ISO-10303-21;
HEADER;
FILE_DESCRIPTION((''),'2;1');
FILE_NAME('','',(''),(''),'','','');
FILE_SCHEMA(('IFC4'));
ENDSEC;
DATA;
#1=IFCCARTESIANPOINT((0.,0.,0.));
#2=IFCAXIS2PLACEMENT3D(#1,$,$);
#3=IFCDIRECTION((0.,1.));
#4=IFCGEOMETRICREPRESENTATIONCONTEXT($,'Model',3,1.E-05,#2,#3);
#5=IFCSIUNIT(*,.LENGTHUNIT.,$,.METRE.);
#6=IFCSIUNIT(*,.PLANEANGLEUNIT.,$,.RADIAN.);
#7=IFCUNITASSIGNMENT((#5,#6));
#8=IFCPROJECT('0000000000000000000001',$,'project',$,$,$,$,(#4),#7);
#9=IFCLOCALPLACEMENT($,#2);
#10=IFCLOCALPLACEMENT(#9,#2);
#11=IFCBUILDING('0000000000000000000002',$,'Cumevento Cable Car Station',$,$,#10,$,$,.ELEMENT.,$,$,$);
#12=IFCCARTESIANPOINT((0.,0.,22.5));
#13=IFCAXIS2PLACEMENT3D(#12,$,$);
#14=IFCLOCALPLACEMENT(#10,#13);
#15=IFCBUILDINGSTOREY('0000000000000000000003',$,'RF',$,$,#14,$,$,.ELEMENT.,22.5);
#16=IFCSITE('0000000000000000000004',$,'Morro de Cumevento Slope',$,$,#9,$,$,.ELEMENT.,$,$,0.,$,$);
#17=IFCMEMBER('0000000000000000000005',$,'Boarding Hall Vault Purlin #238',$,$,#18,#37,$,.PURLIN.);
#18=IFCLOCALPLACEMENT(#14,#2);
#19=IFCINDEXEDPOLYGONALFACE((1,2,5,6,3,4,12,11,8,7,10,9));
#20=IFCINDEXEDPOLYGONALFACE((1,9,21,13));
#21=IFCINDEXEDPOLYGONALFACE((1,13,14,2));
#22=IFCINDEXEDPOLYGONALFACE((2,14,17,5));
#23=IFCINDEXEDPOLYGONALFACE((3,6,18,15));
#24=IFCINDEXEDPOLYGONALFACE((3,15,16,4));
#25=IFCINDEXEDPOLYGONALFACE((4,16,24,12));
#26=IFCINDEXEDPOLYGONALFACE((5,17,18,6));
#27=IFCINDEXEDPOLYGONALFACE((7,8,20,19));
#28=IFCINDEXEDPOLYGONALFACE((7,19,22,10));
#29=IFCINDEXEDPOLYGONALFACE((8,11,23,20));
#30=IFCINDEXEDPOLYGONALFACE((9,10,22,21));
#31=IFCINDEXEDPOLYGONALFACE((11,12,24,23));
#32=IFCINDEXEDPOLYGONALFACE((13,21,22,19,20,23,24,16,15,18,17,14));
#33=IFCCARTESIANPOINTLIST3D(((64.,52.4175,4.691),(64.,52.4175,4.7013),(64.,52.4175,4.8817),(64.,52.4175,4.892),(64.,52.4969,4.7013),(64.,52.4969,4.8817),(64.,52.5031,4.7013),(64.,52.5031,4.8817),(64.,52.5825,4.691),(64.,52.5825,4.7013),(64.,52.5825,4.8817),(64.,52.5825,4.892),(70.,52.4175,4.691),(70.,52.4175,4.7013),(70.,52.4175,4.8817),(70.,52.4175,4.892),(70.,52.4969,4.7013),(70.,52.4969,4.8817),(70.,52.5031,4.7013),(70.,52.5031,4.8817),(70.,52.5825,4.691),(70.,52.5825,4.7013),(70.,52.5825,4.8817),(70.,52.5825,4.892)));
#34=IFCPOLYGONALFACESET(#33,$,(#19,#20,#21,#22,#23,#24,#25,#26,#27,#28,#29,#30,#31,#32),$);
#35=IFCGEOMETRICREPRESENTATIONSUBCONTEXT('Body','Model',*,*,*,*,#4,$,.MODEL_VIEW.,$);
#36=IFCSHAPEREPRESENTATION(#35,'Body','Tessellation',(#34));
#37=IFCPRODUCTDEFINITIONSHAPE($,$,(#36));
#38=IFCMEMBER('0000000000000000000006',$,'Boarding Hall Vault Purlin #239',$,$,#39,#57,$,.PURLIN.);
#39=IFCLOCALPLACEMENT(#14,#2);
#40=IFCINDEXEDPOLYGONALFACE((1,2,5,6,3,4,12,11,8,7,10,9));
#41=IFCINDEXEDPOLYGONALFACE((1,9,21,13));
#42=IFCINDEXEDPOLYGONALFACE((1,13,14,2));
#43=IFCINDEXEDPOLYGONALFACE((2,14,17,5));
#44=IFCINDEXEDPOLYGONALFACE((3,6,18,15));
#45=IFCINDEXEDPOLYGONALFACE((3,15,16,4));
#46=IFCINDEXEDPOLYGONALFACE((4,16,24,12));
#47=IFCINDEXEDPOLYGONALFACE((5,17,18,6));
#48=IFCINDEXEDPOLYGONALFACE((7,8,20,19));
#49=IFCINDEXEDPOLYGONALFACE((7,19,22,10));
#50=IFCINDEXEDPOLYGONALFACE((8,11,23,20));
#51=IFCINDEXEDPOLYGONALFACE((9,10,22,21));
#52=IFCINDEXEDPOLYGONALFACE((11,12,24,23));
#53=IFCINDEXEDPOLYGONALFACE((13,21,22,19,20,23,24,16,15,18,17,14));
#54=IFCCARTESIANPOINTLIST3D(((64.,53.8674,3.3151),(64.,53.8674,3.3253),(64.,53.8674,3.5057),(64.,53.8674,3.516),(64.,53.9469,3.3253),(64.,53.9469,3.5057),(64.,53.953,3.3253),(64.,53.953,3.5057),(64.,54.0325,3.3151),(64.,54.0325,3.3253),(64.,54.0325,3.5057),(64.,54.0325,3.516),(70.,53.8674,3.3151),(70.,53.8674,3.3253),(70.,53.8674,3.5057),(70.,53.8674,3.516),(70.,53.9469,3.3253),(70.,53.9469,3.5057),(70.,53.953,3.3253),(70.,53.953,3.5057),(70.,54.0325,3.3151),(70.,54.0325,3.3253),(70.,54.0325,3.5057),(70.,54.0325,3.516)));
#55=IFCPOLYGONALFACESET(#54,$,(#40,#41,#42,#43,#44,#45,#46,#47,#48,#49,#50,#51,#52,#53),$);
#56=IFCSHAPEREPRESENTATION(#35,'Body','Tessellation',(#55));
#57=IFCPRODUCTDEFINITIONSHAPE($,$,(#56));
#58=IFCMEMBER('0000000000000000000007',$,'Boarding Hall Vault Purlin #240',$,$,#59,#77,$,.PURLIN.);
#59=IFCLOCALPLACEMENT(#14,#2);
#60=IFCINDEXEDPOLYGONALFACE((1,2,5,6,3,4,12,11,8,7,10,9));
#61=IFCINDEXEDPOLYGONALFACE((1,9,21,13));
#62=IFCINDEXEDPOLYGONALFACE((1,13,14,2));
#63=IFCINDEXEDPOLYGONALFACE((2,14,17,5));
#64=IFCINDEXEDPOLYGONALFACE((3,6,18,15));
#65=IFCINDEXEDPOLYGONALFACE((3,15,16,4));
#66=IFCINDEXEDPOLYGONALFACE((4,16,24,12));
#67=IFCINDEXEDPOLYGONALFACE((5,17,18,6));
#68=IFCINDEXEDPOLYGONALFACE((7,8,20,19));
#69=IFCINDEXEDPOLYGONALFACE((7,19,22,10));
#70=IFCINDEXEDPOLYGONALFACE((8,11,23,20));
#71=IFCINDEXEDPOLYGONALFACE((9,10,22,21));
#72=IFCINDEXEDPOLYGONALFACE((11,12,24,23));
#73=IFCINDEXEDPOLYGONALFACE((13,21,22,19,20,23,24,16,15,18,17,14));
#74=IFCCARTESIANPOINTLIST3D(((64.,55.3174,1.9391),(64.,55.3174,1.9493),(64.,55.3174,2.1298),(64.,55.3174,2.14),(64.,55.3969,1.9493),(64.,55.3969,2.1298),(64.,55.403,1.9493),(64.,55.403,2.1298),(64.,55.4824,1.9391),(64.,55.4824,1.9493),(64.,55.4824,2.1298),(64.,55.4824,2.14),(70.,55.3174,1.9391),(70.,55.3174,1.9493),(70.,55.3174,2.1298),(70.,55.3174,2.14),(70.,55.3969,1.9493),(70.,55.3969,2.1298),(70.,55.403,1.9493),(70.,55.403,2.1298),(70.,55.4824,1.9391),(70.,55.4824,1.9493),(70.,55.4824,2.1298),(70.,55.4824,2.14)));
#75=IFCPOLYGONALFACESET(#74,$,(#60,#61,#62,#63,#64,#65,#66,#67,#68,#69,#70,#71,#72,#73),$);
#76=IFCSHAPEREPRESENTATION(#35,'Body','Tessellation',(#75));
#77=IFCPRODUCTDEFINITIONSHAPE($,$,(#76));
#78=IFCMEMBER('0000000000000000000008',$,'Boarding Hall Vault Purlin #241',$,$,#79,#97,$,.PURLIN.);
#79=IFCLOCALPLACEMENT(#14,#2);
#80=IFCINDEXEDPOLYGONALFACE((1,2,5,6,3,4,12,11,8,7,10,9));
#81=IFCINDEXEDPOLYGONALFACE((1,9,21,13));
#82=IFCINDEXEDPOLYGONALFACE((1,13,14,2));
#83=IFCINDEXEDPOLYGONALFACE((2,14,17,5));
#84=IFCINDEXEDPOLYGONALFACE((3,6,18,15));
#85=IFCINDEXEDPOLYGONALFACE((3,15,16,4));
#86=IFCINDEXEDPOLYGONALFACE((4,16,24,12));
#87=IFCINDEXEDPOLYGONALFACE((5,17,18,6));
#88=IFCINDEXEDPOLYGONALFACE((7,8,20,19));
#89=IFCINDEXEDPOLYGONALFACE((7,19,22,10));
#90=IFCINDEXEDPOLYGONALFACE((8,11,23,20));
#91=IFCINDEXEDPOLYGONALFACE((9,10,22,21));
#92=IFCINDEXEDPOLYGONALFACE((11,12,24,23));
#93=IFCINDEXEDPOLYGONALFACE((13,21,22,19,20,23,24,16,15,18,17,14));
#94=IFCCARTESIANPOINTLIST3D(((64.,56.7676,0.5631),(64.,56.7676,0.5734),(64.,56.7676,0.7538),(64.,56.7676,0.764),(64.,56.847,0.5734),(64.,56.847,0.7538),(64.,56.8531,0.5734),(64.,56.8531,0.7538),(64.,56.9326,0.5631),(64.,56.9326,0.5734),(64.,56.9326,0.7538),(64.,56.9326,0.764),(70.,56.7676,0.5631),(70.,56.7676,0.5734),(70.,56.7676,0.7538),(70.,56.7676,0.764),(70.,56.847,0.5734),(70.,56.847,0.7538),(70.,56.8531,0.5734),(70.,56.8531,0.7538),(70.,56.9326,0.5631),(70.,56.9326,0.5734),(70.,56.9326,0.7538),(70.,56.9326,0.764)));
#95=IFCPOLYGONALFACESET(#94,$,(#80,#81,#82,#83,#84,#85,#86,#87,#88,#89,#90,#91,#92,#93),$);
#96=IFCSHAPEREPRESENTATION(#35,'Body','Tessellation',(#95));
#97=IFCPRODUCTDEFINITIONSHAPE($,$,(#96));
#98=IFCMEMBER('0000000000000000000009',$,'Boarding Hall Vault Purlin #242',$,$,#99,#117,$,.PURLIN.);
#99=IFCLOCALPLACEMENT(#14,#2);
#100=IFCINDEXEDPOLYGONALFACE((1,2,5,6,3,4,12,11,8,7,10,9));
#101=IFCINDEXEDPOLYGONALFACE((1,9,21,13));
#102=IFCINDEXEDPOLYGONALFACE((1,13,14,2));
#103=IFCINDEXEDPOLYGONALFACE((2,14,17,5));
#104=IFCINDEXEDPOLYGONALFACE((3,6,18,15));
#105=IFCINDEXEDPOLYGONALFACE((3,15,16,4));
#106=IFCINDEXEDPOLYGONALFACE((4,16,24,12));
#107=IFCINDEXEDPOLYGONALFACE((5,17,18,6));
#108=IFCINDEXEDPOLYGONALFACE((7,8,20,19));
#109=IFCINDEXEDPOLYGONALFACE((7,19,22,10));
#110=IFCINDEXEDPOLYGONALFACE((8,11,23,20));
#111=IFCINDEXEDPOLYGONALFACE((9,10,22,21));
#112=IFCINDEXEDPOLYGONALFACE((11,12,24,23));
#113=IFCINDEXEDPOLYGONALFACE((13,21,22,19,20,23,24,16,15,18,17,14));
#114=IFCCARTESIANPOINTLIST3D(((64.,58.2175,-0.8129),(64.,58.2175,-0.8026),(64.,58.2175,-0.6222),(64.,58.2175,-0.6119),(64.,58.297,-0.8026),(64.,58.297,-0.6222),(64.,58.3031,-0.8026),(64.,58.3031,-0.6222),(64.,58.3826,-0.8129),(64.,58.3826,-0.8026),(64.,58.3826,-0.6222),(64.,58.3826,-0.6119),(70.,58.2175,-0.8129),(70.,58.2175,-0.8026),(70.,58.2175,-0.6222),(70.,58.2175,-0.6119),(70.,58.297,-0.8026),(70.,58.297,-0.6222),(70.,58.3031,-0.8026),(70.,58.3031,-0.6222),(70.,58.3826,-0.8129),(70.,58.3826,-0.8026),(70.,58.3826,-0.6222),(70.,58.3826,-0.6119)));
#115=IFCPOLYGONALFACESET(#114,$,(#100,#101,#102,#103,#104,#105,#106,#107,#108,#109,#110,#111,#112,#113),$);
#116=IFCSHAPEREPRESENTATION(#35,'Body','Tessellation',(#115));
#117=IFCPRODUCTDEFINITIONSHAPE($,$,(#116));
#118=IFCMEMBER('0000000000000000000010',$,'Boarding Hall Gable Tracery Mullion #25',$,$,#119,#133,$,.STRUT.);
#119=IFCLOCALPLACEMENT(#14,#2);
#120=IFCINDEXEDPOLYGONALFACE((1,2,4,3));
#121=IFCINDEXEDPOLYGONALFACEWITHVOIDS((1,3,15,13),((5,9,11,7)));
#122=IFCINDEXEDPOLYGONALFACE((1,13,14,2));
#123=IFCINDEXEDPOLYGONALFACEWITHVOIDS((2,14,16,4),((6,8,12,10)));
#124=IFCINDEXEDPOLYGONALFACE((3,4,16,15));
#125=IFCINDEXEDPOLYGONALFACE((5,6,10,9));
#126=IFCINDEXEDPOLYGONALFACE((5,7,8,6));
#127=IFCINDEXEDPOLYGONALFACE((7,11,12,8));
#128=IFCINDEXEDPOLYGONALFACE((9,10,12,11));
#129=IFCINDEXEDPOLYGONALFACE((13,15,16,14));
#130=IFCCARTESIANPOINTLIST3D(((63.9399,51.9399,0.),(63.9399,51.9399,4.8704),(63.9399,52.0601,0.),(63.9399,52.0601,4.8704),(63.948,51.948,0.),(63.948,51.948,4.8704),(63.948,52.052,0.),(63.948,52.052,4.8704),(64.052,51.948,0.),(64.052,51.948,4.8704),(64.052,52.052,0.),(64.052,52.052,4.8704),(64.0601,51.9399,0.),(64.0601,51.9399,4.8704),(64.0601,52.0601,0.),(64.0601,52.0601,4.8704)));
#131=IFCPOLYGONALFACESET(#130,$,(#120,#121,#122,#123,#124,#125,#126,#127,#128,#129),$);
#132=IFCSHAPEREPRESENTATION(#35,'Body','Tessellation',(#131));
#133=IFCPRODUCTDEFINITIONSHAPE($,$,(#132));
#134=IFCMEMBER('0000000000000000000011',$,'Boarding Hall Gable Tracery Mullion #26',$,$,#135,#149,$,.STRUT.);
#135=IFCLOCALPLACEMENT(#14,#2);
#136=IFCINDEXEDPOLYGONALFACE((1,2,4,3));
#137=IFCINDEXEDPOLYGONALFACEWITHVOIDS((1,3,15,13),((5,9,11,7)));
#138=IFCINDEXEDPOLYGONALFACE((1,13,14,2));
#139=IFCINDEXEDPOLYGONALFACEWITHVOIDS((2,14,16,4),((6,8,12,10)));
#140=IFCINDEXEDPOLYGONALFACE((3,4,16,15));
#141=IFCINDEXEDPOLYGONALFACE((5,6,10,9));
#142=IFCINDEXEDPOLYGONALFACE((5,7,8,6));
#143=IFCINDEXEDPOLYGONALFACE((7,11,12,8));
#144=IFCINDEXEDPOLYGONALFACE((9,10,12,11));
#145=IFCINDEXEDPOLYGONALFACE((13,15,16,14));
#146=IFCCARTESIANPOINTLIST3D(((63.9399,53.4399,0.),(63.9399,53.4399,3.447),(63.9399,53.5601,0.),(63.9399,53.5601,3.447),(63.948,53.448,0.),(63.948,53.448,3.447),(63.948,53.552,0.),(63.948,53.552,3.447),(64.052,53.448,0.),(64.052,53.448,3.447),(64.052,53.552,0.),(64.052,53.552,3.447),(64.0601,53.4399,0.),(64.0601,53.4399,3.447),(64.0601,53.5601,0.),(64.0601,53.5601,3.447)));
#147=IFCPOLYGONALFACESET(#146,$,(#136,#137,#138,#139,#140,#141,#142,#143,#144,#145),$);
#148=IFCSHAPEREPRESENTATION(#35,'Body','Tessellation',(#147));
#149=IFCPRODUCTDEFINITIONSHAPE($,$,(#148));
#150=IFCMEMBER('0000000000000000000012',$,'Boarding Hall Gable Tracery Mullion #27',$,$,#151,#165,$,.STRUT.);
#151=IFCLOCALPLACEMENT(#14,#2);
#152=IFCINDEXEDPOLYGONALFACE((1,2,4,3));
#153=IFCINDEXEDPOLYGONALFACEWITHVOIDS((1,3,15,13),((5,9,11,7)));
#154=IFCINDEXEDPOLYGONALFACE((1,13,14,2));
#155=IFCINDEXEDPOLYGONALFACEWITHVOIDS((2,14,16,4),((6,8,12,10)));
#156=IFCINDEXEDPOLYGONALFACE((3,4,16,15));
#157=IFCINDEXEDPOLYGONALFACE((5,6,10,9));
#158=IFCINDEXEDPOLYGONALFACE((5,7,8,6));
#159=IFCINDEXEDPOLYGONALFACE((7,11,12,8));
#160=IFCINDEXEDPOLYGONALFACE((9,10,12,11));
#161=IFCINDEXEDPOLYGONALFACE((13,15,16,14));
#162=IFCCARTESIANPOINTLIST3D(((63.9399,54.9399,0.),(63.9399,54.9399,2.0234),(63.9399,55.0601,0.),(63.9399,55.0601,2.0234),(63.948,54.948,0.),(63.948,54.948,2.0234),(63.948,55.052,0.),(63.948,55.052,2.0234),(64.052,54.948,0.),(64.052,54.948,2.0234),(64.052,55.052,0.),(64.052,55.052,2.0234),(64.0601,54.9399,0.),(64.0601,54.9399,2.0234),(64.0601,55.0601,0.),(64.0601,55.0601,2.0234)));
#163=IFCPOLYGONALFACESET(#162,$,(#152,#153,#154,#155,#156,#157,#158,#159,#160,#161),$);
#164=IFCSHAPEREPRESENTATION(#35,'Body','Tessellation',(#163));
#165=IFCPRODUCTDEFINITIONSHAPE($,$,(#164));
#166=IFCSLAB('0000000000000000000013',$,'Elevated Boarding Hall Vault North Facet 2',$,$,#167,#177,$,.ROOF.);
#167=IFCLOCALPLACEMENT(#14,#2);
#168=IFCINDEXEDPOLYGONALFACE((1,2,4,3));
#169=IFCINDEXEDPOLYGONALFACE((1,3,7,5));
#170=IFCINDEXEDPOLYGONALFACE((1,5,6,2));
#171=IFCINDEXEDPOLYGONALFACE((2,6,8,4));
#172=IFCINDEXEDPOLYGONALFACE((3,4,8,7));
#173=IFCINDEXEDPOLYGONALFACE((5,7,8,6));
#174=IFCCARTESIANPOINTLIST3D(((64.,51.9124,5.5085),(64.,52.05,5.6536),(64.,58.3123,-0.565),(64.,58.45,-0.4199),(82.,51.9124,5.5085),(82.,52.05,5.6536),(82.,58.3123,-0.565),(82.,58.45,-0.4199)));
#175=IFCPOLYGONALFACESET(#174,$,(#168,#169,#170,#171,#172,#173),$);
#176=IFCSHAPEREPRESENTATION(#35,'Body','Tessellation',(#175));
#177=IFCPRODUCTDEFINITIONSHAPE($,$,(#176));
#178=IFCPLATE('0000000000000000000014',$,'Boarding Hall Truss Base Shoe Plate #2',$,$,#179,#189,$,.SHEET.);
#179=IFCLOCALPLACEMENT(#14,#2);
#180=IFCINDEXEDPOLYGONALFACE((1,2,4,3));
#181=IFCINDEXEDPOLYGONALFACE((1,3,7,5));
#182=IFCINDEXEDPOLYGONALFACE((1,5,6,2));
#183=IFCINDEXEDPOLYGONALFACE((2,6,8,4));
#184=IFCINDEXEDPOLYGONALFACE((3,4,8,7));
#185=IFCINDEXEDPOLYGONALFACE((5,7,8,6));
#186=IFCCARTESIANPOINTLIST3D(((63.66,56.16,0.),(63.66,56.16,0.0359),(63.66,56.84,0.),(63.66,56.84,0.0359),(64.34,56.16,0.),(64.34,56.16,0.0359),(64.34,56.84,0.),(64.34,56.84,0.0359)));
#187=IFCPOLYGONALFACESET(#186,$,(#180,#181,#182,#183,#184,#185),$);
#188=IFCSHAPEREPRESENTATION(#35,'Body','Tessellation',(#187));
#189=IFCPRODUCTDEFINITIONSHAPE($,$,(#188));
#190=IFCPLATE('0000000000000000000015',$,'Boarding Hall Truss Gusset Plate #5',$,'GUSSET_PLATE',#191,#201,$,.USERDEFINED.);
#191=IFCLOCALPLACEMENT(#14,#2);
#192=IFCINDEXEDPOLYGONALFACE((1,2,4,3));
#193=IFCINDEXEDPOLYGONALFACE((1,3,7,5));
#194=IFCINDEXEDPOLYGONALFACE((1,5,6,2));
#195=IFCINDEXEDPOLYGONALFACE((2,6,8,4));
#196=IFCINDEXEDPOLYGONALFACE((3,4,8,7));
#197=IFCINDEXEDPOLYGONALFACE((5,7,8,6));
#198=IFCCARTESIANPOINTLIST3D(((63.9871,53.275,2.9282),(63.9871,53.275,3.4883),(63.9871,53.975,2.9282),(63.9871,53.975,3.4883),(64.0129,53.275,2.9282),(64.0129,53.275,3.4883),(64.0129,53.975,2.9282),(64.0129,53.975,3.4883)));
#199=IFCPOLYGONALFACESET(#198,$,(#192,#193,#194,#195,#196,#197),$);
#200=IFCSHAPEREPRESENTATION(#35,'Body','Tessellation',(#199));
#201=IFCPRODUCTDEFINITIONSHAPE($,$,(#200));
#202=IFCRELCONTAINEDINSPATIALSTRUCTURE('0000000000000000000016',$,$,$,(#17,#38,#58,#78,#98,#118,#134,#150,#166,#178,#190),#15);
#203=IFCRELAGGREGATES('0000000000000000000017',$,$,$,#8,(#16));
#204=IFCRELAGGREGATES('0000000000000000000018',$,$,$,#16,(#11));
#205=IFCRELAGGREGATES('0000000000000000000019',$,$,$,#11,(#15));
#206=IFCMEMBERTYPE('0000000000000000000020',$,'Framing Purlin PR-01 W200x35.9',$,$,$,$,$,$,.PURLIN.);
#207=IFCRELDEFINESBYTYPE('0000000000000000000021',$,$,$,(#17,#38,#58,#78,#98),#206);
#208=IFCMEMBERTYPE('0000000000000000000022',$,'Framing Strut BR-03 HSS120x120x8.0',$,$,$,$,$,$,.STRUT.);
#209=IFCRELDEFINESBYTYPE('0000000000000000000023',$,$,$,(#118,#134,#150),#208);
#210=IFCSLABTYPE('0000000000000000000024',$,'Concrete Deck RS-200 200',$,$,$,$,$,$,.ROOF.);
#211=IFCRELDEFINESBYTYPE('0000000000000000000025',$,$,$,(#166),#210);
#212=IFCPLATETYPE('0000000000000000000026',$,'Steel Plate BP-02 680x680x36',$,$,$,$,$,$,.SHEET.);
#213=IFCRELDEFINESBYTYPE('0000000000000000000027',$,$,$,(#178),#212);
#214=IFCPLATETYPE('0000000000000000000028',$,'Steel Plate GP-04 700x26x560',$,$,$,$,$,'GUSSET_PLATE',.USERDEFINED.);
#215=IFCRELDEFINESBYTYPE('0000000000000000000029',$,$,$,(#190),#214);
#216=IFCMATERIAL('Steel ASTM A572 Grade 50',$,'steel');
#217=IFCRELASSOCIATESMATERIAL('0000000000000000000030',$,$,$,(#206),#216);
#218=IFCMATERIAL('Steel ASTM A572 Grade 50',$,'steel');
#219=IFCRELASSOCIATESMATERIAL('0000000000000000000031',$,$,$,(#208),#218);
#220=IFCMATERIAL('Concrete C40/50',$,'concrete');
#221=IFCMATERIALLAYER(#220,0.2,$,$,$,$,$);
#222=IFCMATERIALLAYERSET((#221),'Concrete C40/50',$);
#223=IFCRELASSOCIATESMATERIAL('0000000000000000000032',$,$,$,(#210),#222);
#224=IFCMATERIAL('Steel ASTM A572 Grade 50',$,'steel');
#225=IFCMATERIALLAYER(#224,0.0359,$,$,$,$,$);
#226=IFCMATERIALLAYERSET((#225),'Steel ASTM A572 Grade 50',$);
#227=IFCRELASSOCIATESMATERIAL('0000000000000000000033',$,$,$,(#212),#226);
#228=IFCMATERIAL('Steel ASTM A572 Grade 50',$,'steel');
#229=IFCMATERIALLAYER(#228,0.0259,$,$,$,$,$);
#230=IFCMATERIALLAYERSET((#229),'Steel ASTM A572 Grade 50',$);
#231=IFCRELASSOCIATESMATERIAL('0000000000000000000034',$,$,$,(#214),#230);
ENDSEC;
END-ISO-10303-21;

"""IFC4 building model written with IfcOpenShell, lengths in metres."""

from ifc_helpers import new_model, si_unit, direction, frame, origin, origin_2d, place, context, subcontext, project, spatial, polyline, rectangle, hollow_rectangle, i_section, outline, extrude, material, layer, layer_set, material_profile, profile_set, type_object, element, save


model = new_model("IFC4")

# Units and contexts
model_context = context("Model", 3, precision=1e-05, world=origin(), true_north=direction((0.0, 1.0)))
body_context = subcontext(model_context, "Body", "Model", "MODEL_VIEW")
ifc_project = project(units=[si_unit("LENGTHUNIT", "METRE"), si_unit("PLANEANGLEUNIT", "RADIAN")], contexts=[model_context])

# Site, building, storey
site_placement = place(None, origin())
site = spatial("IfcSite", under=ifc_project, at=site_placement, Name="Morro de Cumevento Slope", CompositionType="ELEMENT", RefElevation=0.0)
building_placement = place(site_placement, origin())
building = spatial("IfcBuilding", under=site, at=building_placement, Name="Cumevento Cable Car Station", CompositionType="ELEMENT")
storey_placement = place(building_placement, frame((0.0, 0.0, 22.5)))
storey = spatial("IfcBuildingStorey", under=building, at=storey_placement, Name="RF", CompositionType="ELEMENT", Elevation=22.5)

# Members
ifc_material_1 = material(Name="Steel ASTM A572 Grade 50", Category="steel")
ifc_material_profile_1 = material_profile(ifc_material_1, i_section(OverallWidth=0.165, OverallDepth=0.2009, WebThickness=0.0061, FlangeThickness=0.0103, at=origin_2d()), Name="W200x35.9")
ifc_profile_set_1 = profile_set([ifc_material_profile_1], Name="Steel ASTM A572 Grade 50")
member_type_1 = type_object("IfcMemberType", Name="Framing Purlin PR-01 W200x35.9", PredefinedType="PURLIN", material=ifc_profile_set_1)
for number, where, z_axis, x_axis, name in (
    (1, (64.0, 52.5, 4.7915), (1.0, 0.0, 0.0), (0.0, 1.0, 0.0), "Boarding Hall Vault Purlin #238"),
    (2, (64.0, 53.95, 3.4155), (1.0, 0.0, 0.0), (0.0, 1.0, 0.0), "Boarding Hall Vault Purlin #239"),
    (3, (64.0, 55.3999, 2.0396), (1.0, 0.0, 0.0), (0.0, 1.0, 0.0), "Boarding Hall Vault Purlin #240"),
    (4, (64.0, 56.8501, 0.6636), (1.0, 0.0, 0.0), (0.0, 1.0, 0.0), "Boarding Hall Vault Purlin #241"),
    (5, (64.0, 58.3, -0.7124), (1.0, 0.0, 0.0), (0.0, 1.0, 0.0), "Boarding Hall Vault Purlin #242"),
):
    element("IfcMember", number, at=place(storey_placement, frame(where, z_axis=z_axis, x_axis=x_axis)), inside=storey, type_object=member_type_1, Name=name, PredefinedType="PURLIN", context=body_context, shape_type="SweptSolid", body=[
        extrude(i_section(OverallWidth=0.165, OverallDepth=0.2009, WebThickness=0.0061, FlangeThickness=0.0103, at=origin_2d()), origin(), (0.0, 0.0, 1.0), 6.0),
    ])
ifc_material_2 = material(Name="Steel ASTM A572 Grade 50", Category="steel")
ifc_material_profile_2 = material_profile(ifc_material_2, hollow_rectangle(XDim=0.1201, YDim=0.1201, WallThickness=0.0081, at=origin_2d()), Name="HSS120x120x8.0")
ifc_profile_set_2 = profile_set([ifc_material_profile_2], Name="Steel ASTM A572 Grade 50")
member_type_2 = type_object("IfcMemberType", Name="Framing Strut BR-03 HSS120x120x8.0", PredefinedType="STRUT", material=ifc_profile_set_2)
member_1_placement = place(storey_placement, frame((64.0, 52.0, 0.0), z_axis=(0.0, 0.0, 1.0), x_axis=(1.0, 0.0, 0.0)))
element("IfcMember", 6, at=member_1_placement, inside=storey, type_object=member_type_2, Name="Boarding Hall Gable Tracery Mullion #25", PredefinedType="STRUT", context=body_context, shape_type="SweptSolid", body=[
    extrude(hollow_rectangle(XDim=0.1201, YDim=0.1201, WallThickness=0.0081, at=origin_2d()), origin(), (0.0, 0.0, 1.0), 4.8704),
])
member_2_placement = place(storey_placement, frame((64.0, 53.5, 0.0), z_axis=(0.0, 0.0, 1.0), x_axis=(1.0, 0.0, 0.0)))
element("IfcMember", 7, at=member_2_placement, inside=storey, type_object=member_type_2, Name="Boarding Hall Gable Tracery Mullion #26", PredefinedType="STRUT", context=body_context, shape_type="SweptSolid", body=[
    extrude(hollow_rectangle(XDim=0.1201, YDim=0.1201, WallThickness=0.0081, at=origin_2d()), origin(), (0.0, 0.0, 1.0), 3.447),
])
member_3_placement = place(storey_placement, frame((64.0, 55.0, 0.0), z_axis=(0.0, 0.0, 1.0), x_axis=(1.0, 0.0, 0.0)))
element("IfcMember", 8, at=member_3_placement, inside=storey, type_object=member_type_2, Name="Boarding Hall Gable Tracery Mullion #27", PredefinedType="STRUT", context=body_context, shape_type="SweptSolid", body=[
    extrude(hollow_rectangle(XDim=0.1201, YDim=0.1201, WallThickness=0.0081, at=origin_2d()), origin(), (0.0, 0.0, 1.0), 2.0234),
])

# Slab
ifc_material_3 = material(Name="Concrete C40/50", Category="concrete")
ifc_layer_1 = layer(ifc_material_3, 0.2)
ifc_layer_set_1 = layer_set([ifc_layer_1], Name="Concrete C40/50")
slab_type = type_object("IfcSlabType", Name="Concrete Deck RS-200 200", PredefinedType="ROOF", material=ifc_layer_set_1)
slab_placement = place(storey_placement, frame((64.0, 52.05, 5.6536), z_axis=(0.0, 0.688367, 0.725363), x_axis=(1.0, 0.0, 0.0)))
element("IfcSlab", 9, at=slab_placement, inside=storey, type_object=slab_type, Name="Elevated Boarding Hall Vault North Facet 2", PredefinedType="ROOF", context=body_context, shape_type="SweptSolid", body=[
    extrude(outline(polyline([(0.0, 0.0), (18.0, 0.0), (18.0, 8.823), (0.0, 8.823), (0.0, 0.0)])), origin(), (0.0, 0.0, -1.0), 0.2),
])

# Plates
ifc_material_4 = material(Name="Steel ASTM A572 Grade 50", Category="steel")
ifc_layer_2 = layer(ifc_material_4, 0.0359)
ifc_layer_set_2 = layer_set([ifc_layer_2], Name="Steel ASTM A572 Grade 50")
plate_type_1 = type_object("IfcPlateType", Name="Steel Plate BP-02 680x680x36", PredefinedType="SHEET", material=ifc_layer_set_2)
plate_1_placement = place(storey_placement, frame((64.0, 56.5, 0.0), z_axis=(0.0, 0.0, 1.0), x_axis=(1.0, 0.0, 0.0)))
element("IfcPlate", 10, at=plate_1_placement, inside=storey, type_object=plate_type_1, Name="Boarding Hall Truss Base Shoe Plate #2", PredefinedType="SHEET", context=body_context, shape_type="SweptSolid", body=[
    extrude(rectangle(XDim=0.6799, YDim=0.6799, at=origin_2d()), origin(), (0.0, 0.0, 1.0), 0.0359),
])
ifc_material_5 = material(Name="Steel ASTM A572 Grade 50", Category="steel")
ifc_layer_3 = layer(ifc_material_5, 0.0259)
ifc_layer_set_3 = layer_set([ifc_layer_3], Name="Steel ASTM A572 Grade 50")
plate_type_2 = type_object("IfcPlateType", Name="Steel Plate GP-04 700x26x560", ElementType="GUSSET_PLATE", PredefinedType="USERDEFINED", material=ifc_layer_set_3)
plate_2_placement = place(storey_placement, frame((64.0, 53.625, 2.9282), z_axis=(0.0, 0.0, 1.0), x_axis=(0.0, 1.0, 0.0)))
element("IfcPlate", 11, at=plate_2_placement, inside=storey, type_object=plate_type_2, Name="Boarding Hall Truss Gusset Plate #5", ObjectType="GUSSET_PLATE", PredefinedType="USERDEFINED", context=body_context, shape_type="SweptSolid", body=[
    extrude(rectangle(XDim=0.7, YDim=0.0259, at=origin_2d()), origin(), (0.0, 0.0, 1.0), 0.5601),
])

save(model, "model.ifc")
